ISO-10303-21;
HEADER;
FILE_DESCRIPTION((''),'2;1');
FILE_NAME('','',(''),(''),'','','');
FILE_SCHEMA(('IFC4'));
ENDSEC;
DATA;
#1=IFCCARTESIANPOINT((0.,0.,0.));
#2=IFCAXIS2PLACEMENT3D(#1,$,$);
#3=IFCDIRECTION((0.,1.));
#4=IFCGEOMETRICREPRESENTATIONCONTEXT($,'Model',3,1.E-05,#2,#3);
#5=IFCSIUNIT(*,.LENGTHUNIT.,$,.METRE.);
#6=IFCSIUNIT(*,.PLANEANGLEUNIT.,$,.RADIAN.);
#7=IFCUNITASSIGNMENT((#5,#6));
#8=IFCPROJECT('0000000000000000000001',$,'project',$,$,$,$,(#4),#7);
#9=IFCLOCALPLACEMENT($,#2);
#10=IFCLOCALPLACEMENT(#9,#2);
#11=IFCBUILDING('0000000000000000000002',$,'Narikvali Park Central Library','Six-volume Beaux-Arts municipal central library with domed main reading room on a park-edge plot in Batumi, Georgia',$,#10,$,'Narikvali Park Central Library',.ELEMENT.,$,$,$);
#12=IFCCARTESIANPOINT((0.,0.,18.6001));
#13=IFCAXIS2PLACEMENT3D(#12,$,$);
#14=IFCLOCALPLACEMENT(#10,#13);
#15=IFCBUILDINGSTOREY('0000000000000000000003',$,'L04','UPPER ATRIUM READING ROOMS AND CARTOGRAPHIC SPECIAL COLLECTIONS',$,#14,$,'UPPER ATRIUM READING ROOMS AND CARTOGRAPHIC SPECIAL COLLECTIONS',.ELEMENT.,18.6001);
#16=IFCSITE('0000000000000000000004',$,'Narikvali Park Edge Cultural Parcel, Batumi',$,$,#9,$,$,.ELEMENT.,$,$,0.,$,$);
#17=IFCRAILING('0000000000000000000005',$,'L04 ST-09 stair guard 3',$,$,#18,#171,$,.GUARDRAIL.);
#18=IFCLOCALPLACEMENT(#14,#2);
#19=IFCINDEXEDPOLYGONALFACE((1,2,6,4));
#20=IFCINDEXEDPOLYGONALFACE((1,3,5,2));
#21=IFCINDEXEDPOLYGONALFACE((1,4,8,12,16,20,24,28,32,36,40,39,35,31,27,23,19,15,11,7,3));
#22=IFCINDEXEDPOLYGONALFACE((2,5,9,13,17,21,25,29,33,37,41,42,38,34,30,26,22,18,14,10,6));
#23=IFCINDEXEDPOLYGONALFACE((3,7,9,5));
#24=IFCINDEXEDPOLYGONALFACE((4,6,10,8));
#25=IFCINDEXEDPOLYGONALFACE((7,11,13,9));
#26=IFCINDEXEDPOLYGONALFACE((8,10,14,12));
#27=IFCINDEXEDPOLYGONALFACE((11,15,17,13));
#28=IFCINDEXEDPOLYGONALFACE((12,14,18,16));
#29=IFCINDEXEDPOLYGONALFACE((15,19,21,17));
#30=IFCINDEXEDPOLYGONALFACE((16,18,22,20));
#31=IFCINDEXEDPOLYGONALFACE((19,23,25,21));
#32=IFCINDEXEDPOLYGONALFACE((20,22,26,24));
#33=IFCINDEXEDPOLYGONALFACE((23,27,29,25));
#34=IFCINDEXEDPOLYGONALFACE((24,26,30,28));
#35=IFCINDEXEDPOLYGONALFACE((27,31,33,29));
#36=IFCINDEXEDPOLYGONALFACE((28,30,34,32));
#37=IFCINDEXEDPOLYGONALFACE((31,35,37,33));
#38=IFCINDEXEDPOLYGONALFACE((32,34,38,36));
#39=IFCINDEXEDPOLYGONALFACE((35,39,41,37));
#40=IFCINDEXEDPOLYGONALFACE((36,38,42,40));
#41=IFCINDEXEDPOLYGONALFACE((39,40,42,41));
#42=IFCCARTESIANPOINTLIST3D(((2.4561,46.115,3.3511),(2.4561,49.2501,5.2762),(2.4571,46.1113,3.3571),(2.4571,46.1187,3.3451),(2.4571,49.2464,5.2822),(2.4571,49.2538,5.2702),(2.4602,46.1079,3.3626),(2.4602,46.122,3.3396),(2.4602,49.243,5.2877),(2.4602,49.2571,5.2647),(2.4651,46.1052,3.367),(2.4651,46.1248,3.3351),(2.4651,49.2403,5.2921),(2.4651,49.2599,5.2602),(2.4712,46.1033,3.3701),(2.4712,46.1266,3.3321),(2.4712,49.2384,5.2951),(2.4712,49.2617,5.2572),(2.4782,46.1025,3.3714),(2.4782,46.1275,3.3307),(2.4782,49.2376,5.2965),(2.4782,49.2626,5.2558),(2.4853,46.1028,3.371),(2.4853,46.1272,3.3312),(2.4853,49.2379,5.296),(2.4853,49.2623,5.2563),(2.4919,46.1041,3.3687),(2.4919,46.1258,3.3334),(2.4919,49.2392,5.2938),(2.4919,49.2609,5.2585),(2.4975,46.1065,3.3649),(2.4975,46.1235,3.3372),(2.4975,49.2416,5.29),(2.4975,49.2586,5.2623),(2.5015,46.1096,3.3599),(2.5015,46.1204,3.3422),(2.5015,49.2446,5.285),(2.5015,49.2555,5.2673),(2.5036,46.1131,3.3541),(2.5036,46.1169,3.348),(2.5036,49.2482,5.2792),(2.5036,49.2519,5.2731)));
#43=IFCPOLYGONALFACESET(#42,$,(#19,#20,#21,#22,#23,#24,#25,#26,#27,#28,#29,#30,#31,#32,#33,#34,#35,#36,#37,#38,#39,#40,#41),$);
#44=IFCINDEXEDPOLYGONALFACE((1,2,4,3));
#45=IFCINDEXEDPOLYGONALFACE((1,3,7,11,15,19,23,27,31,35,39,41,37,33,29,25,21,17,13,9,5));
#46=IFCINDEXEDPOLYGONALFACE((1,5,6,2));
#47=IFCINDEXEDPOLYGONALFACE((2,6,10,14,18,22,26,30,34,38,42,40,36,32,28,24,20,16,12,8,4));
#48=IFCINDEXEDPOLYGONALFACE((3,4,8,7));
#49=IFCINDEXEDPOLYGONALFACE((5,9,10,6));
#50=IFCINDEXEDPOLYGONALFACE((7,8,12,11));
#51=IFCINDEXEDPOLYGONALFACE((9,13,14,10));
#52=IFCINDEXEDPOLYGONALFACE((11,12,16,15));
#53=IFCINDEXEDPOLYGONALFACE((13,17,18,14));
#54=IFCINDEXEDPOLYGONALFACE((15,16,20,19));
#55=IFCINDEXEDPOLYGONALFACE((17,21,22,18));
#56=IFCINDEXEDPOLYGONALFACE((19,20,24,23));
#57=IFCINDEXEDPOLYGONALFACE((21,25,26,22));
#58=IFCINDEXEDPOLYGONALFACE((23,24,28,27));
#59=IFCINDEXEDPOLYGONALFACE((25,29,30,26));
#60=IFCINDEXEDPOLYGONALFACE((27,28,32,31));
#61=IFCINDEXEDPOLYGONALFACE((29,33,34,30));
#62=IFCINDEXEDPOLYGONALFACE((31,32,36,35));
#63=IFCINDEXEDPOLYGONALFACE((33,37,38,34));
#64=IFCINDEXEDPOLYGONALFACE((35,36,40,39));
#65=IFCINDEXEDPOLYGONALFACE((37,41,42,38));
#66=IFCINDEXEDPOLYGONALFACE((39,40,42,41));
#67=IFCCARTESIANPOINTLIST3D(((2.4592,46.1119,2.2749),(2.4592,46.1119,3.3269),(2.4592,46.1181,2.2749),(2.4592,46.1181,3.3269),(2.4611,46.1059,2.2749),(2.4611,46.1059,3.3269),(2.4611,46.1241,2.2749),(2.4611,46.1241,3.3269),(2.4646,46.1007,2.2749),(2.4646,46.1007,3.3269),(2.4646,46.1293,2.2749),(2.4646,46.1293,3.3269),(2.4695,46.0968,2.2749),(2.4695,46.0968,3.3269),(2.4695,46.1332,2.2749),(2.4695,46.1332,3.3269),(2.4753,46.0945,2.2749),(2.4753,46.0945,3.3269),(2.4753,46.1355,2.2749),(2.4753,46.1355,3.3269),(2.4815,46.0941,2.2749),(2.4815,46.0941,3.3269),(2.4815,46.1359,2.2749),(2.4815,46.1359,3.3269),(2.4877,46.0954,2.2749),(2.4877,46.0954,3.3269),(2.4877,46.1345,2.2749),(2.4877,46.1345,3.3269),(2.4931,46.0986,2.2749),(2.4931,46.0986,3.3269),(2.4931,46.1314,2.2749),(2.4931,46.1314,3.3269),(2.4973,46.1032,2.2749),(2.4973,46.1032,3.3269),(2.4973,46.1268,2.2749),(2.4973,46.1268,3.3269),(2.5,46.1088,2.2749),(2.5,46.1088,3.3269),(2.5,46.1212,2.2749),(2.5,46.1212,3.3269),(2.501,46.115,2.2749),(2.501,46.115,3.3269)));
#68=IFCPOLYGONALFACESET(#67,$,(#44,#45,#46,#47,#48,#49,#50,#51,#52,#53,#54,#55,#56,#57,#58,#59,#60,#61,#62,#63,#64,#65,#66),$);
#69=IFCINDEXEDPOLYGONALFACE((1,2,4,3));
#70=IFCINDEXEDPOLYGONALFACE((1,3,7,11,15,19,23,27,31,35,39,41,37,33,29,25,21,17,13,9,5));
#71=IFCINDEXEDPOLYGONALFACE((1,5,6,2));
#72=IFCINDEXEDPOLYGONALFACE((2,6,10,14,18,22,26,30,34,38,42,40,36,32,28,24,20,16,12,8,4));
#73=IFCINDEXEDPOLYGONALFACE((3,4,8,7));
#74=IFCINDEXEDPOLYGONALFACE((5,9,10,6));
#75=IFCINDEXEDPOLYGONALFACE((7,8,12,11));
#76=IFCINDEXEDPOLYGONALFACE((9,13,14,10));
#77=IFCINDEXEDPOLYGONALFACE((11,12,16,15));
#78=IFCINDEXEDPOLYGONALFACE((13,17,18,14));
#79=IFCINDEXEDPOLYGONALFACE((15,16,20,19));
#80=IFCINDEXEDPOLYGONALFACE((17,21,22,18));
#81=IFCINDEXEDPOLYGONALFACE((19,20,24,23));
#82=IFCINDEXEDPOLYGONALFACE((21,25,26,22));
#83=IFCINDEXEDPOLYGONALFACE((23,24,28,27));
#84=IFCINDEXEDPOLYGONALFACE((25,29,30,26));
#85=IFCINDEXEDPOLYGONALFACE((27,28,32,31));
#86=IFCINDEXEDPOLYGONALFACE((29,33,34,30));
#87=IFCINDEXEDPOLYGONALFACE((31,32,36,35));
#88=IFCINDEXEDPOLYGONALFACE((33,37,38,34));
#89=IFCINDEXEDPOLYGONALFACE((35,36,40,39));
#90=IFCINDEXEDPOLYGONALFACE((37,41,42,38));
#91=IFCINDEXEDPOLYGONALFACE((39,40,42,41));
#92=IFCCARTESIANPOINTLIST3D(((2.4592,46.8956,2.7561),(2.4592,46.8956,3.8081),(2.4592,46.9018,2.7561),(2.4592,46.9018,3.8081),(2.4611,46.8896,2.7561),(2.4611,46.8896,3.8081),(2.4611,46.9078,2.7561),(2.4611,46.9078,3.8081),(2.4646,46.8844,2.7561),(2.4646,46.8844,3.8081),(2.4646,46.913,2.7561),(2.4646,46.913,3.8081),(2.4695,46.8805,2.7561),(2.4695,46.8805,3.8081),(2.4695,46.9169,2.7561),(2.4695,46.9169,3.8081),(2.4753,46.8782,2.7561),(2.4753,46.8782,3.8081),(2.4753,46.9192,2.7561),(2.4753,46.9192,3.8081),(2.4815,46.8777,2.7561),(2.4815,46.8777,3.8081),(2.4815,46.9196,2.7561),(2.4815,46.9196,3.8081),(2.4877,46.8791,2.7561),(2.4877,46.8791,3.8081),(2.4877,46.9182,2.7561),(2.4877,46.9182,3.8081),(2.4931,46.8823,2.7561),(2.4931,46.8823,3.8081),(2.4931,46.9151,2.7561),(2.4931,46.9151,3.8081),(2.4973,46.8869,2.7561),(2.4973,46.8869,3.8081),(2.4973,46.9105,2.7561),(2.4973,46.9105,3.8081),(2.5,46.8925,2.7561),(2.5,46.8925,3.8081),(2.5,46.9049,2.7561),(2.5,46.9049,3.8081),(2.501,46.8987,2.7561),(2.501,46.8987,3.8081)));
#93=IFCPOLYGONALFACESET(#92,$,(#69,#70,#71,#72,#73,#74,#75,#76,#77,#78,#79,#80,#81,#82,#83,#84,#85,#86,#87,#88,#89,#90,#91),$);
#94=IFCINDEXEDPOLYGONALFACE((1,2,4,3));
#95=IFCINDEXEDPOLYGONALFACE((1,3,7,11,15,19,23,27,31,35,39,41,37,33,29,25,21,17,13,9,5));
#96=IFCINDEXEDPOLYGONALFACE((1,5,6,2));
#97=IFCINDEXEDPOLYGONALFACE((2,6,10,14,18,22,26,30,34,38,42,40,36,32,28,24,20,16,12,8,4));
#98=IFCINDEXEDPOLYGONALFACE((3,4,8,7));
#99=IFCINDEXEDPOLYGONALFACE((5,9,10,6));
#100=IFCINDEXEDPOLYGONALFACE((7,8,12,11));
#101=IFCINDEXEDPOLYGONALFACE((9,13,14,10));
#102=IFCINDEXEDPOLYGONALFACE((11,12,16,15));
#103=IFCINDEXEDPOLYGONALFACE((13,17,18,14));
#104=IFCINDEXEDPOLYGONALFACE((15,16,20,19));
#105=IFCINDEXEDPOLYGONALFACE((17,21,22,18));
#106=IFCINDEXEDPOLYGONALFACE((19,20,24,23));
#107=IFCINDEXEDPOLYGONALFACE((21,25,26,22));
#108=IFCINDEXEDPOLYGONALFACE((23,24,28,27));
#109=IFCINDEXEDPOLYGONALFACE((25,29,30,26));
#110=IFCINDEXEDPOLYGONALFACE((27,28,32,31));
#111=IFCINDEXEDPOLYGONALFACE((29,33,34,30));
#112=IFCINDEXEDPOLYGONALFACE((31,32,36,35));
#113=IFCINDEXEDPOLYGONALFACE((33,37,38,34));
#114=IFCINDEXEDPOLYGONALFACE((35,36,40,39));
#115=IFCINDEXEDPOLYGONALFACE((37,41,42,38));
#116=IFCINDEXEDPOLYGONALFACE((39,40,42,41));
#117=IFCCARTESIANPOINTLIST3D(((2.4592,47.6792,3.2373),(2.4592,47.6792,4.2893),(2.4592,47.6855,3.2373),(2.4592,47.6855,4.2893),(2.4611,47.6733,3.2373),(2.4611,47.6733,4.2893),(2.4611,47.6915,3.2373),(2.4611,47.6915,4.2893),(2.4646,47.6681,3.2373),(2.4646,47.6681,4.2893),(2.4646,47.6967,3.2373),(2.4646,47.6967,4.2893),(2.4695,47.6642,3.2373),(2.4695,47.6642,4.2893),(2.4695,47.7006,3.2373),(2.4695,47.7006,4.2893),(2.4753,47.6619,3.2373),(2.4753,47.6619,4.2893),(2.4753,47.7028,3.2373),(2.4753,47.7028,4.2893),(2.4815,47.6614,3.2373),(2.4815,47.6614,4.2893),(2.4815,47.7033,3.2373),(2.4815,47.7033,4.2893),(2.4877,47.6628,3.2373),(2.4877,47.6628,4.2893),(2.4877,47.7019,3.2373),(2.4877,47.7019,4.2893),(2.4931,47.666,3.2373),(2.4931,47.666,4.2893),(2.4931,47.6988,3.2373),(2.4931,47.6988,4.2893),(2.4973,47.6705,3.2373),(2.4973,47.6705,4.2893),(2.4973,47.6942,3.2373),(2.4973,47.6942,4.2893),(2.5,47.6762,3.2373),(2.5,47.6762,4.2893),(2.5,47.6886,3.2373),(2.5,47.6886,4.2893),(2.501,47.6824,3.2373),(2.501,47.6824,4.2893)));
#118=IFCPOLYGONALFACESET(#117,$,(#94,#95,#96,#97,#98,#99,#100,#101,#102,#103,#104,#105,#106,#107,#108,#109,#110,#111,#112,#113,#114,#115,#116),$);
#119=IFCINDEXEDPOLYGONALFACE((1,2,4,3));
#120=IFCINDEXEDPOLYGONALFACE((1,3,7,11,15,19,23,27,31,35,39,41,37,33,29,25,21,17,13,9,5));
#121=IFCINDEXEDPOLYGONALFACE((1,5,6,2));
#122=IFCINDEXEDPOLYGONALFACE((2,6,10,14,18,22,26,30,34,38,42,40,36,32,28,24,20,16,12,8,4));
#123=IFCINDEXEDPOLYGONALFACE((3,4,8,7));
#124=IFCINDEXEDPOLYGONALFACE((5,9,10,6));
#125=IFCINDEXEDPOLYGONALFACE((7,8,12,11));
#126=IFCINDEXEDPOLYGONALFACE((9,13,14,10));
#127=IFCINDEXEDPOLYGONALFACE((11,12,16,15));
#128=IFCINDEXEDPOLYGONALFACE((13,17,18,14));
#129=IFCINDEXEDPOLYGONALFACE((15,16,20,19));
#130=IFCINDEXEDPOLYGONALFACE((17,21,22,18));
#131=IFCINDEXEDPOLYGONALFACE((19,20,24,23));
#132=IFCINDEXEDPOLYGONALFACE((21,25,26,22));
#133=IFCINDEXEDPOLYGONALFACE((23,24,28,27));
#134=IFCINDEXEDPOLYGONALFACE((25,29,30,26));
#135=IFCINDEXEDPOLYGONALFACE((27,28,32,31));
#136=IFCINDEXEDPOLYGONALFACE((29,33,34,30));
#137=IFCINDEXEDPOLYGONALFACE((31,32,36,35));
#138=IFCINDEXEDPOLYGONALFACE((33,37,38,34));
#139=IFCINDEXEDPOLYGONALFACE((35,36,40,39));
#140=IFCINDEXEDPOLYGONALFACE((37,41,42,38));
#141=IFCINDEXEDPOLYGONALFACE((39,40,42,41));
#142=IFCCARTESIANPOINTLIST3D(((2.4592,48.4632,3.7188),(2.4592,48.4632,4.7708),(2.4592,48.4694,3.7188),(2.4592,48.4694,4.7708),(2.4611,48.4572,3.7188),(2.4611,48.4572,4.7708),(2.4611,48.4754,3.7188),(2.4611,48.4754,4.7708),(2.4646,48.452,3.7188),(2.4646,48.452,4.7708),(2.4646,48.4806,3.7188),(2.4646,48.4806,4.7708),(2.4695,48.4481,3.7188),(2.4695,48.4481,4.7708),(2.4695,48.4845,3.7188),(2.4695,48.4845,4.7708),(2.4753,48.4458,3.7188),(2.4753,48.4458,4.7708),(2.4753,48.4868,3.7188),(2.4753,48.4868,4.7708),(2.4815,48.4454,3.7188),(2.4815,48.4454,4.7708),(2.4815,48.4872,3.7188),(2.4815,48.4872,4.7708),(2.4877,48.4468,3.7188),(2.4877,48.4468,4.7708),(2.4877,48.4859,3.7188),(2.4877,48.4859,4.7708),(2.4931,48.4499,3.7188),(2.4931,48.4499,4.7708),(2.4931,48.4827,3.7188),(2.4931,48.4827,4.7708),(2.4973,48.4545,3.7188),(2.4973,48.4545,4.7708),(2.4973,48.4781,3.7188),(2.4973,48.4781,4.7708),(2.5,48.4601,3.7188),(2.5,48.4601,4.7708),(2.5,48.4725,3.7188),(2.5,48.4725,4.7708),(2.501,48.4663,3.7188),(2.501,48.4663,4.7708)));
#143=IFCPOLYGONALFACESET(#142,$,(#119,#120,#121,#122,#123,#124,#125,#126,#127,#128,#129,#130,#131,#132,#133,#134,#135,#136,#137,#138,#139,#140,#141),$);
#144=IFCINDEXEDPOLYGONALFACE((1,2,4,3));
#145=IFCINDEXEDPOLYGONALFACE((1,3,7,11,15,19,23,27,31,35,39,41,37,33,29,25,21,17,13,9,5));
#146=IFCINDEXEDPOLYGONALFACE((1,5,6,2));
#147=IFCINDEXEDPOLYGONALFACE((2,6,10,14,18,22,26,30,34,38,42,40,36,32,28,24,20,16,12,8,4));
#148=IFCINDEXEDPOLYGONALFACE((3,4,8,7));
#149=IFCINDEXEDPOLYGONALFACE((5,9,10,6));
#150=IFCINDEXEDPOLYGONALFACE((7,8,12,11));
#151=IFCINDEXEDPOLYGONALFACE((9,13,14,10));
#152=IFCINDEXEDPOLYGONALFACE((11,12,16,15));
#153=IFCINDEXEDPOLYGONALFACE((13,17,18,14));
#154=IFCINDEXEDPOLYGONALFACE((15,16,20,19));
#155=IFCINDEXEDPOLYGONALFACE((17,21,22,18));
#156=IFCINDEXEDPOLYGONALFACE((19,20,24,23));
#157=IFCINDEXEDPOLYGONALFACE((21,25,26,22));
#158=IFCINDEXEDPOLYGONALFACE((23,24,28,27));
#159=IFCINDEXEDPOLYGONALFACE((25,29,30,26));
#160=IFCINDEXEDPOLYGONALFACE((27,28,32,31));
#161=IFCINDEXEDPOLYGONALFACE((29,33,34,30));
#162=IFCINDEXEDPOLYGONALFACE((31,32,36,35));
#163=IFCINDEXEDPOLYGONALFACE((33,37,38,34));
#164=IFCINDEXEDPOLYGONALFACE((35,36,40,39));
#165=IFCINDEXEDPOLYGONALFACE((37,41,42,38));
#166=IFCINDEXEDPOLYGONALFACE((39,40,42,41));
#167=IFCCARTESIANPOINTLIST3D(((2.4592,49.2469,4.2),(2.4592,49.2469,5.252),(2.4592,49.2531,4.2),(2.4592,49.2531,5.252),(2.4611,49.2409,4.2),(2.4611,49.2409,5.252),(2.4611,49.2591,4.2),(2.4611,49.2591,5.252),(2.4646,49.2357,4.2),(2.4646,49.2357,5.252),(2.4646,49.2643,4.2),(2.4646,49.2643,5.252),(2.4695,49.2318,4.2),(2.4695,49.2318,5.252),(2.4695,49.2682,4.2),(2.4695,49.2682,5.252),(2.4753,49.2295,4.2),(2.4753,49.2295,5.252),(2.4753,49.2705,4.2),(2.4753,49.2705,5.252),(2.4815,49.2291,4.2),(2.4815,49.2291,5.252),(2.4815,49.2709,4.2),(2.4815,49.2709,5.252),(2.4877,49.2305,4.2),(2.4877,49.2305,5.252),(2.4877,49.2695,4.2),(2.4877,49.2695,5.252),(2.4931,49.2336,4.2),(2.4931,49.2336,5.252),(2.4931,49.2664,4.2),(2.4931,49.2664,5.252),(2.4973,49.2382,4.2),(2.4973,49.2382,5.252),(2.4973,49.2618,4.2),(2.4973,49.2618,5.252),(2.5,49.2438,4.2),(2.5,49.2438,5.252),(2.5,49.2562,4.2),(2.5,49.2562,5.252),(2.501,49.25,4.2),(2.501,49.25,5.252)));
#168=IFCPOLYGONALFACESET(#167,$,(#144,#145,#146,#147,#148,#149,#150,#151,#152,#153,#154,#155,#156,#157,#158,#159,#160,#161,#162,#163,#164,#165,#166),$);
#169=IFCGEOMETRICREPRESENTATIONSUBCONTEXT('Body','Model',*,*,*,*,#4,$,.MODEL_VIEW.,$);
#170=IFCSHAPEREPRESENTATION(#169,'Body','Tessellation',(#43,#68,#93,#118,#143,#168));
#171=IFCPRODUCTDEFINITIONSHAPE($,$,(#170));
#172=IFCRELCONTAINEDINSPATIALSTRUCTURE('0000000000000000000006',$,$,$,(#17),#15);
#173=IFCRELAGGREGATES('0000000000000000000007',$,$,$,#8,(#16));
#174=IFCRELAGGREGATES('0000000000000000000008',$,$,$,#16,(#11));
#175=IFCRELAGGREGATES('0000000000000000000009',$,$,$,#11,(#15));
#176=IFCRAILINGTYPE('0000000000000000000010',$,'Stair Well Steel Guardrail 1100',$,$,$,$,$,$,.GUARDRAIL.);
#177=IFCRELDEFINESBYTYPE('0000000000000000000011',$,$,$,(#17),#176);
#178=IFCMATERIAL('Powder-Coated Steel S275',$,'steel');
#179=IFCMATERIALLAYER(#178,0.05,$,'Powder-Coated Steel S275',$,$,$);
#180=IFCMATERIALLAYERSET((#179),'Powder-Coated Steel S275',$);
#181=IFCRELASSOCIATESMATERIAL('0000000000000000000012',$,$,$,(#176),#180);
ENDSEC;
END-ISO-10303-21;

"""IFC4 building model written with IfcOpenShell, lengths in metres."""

from ifc_helpers import new_model, si_unit, direction, frame, origin, origin_2d, place, context, subcontext, project, spatial, circle, extrude, material, layer, layer_set, type_object, element, save


model = new_model("IFC4")

# Units and contexts
model_context = context("Model", 3, precision=1e-05, world=origin(), true_north=direction((0.0, 1.0)))
body_context = subcontext(model_context, "Body", "Model", "MODEL_VIEW")
ifc_project = project(units=[si_unit("LENGTHUNIT", "METRE"), si_unit("PLANEANGLEUNIT", "RADIAN")], contexts=[model_context])

# Site, building, storey
site_placement = place(None, origin())
site = spatial("IfcSite", under=ifc_project, at=site_placement, Name="Narikvali Park Edge Cultural Parcel, Batumi", CompositionType="ELEMENT", RefElevation=0.0)
building_placement = place(site_placement, origin())
building = spatial("IfcBuilding", under=site, at=building_placement, Name="Narikvali Park Central Library", Description="Six-volume Beaux-Arts municipal central library with domed main reading room on a park-edge plot in Batumi, Georgia", LongName="Narikvali Park Central Library", CompositionType="ELEMENT")
storey_placement = place(building_placement, frame((0.0, 0.0, 18.6001)))
storey = spatial("IfcBuildingStorey", under=building, at=storey_placement, Name="L04", Description="UPPER ATRIUM READING ROOMS AND CARTOGRAPHIC SPECIAL COLLECTIONS", LongName="UPPER ATRIUM READING ROOMS AND CARTOGRAPHIC SPECIAL COLLECTIONS", CompositionType="ELEMENT", Elevation=18.6001)

# Railing
ifc_material_1 = material(Name="Powder-Coated Steel S275", Category="steel")
ifc_layer_1 = layer(ifc_material_1, 0.05, Name="Powder-Coated Steel S275")
ifc_layer_set_1 = layer_set([ifc_layer_1], Name="Powder-Coated Steel S275")
railing_type_1 = type_object("IfcRailingType", Name="Stair Well Steel Guardrail 1100", PredefinedType="GUARDRAIL", material=ifc_layer_set_1)
railing_1_placement = place(storey_placement, frame((2.48, 46.115, 2.2749)))
element("IfcRailing", 1, at=railing_1_placement, inside=storey, type_object=railing_type_1, Name="L04 ST-09 stair guard 3", PredefinedType="GUARDRAIL", context=body_context, shape_type="SweptSolid", body=[
    extrude(circle(Radius=0.0239, at=origin_2d()), frame((0.0, 0.0, 1.0762), z_axis=(0.0, 0.852166, 0.523271), x_axis=(-1.0, 0.0, 0.0)), (0.0, 0.0, 1.0), 3.679),
    extrude(circle(Radius=0.021, at=origin_2d()), origin(), (0.0, 0.0, 1.0), 1.052),
    extrude(circle(Radius=0.021, at=origin_2d()), frame((0.0, 0.7837, 0.4812)), (0.0, 0.0, 1.0), 1.052),
    extrude(circle(Radius=0.021, at=origin_2d()), frame((0.0, 1.5674, 0.9624)), (0.0, 0.0, 1.0), 1.052),
    extrude(circle(Radius=0.021, at=origin_2d()), frame((0.0, 2.3513, 1.4438)), (0.0, 0.0, 1.0), 1.052),
    extrude(circle(Radius=0.021, at=origin_2d()), frame((0.0, 3.135, 1.925)), (0.0, 0.0, 1.0), 1.052),
])

save(model, "model.ifc")
